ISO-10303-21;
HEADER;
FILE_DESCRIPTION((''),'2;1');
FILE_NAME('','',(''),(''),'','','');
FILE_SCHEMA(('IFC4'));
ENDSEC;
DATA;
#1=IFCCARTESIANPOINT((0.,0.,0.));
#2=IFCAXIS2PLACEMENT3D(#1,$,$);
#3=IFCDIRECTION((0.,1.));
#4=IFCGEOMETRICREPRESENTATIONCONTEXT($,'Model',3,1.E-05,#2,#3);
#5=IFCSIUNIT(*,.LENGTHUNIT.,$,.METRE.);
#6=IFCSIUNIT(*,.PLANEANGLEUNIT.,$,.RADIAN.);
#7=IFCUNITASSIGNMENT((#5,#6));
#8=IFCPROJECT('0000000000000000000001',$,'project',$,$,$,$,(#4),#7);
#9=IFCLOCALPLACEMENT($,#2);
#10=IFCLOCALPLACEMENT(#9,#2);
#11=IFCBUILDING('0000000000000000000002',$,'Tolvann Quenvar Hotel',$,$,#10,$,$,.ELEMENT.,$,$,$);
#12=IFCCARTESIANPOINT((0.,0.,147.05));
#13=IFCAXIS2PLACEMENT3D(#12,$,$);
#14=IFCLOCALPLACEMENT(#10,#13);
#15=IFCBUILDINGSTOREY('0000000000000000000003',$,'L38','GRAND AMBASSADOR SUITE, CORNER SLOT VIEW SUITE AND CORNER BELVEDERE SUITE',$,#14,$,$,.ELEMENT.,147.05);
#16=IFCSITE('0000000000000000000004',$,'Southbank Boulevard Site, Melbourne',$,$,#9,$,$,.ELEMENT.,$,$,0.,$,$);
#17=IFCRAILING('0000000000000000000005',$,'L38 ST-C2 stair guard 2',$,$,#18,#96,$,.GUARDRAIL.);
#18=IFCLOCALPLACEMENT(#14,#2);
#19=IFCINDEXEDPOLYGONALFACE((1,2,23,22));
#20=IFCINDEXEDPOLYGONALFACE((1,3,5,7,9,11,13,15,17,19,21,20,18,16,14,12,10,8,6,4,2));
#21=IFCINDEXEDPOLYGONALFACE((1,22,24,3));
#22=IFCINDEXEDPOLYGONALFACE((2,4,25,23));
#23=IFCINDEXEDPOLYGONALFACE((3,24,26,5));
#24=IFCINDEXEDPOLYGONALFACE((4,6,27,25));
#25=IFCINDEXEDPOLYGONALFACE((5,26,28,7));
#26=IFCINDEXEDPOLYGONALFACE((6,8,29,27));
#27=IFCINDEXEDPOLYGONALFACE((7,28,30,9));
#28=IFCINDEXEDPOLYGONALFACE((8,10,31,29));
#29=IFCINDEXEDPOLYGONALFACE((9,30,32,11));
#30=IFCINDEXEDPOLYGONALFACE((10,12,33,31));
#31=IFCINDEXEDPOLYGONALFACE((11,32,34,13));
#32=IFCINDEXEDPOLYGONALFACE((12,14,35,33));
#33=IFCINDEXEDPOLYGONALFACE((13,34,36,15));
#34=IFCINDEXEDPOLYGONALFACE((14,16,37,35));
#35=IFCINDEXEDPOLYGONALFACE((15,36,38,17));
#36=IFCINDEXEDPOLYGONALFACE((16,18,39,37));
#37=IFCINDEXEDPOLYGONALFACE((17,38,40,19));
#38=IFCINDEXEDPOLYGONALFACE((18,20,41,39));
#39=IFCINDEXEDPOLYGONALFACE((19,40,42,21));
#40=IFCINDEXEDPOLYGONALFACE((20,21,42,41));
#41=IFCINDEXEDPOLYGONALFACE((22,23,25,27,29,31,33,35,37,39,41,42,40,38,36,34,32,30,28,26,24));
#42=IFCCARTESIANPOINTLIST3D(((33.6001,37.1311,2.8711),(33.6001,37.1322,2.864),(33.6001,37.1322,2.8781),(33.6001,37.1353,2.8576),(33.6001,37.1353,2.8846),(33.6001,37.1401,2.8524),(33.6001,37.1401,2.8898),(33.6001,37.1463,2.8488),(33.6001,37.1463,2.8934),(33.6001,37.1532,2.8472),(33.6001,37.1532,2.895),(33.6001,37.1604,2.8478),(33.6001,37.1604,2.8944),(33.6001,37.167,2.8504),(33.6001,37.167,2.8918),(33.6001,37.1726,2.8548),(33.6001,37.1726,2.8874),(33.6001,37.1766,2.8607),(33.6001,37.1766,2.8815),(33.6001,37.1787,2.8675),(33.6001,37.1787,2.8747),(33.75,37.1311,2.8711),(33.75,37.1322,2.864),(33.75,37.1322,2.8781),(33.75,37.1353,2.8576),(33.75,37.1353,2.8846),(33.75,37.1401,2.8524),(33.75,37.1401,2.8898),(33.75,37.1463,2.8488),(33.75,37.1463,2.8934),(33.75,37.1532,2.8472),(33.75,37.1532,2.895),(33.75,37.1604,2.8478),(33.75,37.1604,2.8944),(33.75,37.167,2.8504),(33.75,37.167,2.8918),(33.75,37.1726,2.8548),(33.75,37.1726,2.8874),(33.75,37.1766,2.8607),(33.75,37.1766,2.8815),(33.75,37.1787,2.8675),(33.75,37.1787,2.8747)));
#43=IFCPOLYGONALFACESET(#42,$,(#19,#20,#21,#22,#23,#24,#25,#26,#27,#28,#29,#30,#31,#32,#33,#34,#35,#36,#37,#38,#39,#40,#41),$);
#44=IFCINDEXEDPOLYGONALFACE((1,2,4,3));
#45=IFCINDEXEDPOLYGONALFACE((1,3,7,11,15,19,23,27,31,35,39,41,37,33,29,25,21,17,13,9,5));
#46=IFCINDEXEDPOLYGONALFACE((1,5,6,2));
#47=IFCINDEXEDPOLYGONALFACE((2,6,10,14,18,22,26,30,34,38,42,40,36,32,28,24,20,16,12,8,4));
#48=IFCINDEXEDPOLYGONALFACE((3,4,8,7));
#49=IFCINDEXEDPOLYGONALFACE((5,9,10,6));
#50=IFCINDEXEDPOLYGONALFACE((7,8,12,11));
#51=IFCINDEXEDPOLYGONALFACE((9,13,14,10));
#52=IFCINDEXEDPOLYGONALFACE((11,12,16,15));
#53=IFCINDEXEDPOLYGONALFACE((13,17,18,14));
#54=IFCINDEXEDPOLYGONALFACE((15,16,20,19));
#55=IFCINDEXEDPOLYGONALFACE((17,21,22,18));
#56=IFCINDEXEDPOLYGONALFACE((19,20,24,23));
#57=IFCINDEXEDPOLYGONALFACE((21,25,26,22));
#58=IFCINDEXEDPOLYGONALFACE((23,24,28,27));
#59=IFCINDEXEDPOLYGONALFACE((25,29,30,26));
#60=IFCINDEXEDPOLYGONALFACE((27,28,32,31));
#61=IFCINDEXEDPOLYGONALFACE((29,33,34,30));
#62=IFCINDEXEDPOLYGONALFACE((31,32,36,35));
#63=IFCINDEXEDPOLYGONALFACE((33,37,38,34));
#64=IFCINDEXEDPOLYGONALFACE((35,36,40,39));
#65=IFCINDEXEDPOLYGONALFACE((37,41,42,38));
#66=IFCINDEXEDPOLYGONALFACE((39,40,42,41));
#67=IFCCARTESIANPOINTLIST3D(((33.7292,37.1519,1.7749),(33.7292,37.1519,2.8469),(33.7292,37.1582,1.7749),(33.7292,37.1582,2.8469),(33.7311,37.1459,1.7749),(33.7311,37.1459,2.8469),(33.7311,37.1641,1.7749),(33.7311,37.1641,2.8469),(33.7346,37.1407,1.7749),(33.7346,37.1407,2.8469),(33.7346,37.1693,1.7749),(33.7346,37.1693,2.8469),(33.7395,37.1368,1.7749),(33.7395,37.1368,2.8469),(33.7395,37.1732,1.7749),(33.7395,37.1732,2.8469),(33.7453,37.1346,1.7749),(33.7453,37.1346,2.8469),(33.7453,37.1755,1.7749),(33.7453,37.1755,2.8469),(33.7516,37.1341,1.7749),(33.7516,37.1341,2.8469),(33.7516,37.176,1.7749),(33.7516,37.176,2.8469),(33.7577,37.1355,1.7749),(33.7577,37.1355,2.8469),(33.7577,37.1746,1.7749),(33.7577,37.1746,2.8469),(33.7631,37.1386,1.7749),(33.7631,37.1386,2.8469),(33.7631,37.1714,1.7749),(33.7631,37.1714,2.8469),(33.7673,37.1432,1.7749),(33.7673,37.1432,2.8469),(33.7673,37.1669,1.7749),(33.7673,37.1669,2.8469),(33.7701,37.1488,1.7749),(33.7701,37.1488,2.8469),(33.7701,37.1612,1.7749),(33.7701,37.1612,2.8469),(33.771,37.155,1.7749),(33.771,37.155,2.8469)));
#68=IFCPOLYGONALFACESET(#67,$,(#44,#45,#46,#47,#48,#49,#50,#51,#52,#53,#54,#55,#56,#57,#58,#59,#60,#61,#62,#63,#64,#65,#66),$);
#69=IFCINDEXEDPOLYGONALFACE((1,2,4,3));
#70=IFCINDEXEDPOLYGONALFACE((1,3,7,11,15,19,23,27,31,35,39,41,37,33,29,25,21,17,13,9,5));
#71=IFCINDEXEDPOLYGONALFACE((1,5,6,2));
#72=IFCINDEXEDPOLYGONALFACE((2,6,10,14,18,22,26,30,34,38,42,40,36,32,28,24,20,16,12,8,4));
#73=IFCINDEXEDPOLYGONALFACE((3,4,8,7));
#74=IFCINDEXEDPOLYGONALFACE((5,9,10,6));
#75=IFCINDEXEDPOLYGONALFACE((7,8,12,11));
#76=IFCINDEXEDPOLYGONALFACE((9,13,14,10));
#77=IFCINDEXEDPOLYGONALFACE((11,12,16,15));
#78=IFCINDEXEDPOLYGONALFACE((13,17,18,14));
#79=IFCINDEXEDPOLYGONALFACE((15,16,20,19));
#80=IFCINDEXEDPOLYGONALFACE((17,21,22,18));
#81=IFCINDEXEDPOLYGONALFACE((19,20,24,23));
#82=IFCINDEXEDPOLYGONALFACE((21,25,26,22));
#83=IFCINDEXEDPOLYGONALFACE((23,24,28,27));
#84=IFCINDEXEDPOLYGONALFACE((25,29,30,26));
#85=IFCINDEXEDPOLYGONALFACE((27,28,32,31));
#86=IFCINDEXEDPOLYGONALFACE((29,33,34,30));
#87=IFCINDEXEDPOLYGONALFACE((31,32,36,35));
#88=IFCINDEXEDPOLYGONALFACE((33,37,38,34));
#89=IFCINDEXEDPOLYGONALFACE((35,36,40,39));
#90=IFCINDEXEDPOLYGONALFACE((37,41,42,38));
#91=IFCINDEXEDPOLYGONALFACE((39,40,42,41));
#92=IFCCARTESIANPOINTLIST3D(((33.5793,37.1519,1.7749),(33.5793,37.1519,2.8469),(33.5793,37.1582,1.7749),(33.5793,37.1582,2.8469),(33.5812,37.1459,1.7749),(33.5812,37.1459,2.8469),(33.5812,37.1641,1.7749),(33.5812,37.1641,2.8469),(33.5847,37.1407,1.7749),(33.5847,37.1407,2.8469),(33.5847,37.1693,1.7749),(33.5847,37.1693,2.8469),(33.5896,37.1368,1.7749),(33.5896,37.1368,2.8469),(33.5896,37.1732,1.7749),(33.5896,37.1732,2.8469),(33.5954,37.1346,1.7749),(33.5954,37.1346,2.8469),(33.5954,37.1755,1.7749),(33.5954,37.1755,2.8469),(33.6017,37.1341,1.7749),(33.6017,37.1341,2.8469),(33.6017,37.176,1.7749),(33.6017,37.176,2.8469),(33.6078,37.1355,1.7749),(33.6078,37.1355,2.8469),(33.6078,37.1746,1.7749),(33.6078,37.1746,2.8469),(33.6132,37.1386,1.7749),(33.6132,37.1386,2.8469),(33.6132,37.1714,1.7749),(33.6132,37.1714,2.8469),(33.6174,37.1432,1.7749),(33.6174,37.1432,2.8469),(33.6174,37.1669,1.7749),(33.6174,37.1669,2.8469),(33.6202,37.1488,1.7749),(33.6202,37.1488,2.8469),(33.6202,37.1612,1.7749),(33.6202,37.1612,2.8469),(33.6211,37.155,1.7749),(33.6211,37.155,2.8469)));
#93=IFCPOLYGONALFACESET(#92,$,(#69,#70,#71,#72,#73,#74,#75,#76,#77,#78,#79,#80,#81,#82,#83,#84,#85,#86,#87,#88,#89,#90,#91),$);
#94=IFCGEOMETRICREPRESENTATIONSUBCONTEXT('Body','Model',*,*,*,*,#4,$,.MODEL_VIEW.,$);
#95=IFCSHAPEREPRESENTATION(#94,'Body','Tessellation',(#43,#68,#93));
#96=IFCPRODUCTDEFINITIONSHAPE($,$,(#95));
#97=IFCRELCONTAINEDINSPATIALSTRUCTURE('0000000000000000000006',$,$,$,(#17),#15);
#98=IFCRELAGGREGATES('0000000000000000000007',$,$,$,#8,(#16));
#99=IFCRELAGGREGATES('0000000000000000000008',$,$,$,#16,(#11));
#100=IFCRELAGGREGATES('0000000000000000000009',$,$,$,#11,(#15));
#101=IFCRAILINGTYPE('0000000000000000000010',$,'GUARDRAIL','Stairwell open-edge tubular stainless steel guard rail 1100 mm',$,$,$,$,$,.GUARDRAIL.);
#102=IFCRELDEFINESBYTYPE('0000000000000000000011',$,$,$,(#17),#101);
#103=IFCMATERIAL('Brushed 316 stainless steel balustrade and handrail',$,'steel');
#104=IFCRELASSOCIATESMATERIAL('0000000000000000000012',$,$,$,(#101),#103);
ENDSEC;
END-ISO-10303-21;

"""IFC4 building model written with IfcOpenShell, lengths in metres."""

from ifc_helpers import new_model, si_unit, direction, frame, origin, origin_2d, place, context, subcontext, project, spatial, circle, extrude, material, type_object, element, save


model = new_model("IFC4")

# Units and contexts
model_context = context("Model", 3, precision=1e-05, world=origin(), true_north=direction((0.0, 1.0)))
body_context = subcontext(model_context, "Body", "Model", "MODEL_VIEW")
ifc_project = project(units=[si_unit("LENGTHUNIT", "METRE"), si_unit("PLANEANGLEUNIT", "RADIAN")], contexts=[model_context])

# Site, building, storey
site_placement = place(None, origin())
site = spatial("IfcSite", under=ifc_project, at=site_placement, Name="Southbank Boulevard Site, Melbourne", CompositionType="ELEMENT", RefElevation=0.0)
building_placement = place(site_placement, origin())
building = spatial("IfcBuilding", under=site, at=building_placement, Name="Tolvann Quenvar Hotel", CompositionType="ELEMENT")
storey_placement = place(building_placement, frame((0.0, 0.0, 147.05)))
storey = spatial("IfcBuildingStorey", under=building, at=storey_placement, Name="L38", Description="GRAND AMBASSADOR SUITE, CORNER SLOT VIEW SUITE AND CORNER BELVEDERE SUITE", CompositionType="ELEMENT", Elevation=147.05)

# Railing
ifc_material_1 = material(Name="Brushed 316 stainless steel balustrade and handrail", Category="steel")
railing_type_1 = type_object("IfcRailingType", Name="GUARDRAIL", Description="Stairwell open-edge tubular stainless steel guard rail 1100 mm", PredefinedType="GUARDRAIL", material=ifc_material_1)
railing_1_placement = place(storey_placement, frame((33.75, 37.155, 1.7749)))
element("IfcRailing", 1, at=railing_1_placement, inside=storey, type_object=railing_type_1, Name="L38 ST-C2 stair guard 2", PredefinedType="GUARDRAIL", context=body_context, shape_type="SweptSolid", body=[
    extrude(circle(Radius=0.0239, at=origin_2d()), frame((0.0, 0.0, 1.0962), z_axis=(-1.0, 0.0, 0.0), x_axis=(0.0, -1.0, 0.0)), (0.0, 0.0, 1.0), 0.1499),
    extrude(circle(Radius=0.021, at=origin_2d()), origin(), (0.0, 0.0, 1.0), 1.072),
    extrude(circle(Radius=0.021, at=origin_2d()), frame((-0.1499, 0.0, 0.0)), (0.0, 0.0, 1.0), 1.072),
])

save(model, "model.ifc")
